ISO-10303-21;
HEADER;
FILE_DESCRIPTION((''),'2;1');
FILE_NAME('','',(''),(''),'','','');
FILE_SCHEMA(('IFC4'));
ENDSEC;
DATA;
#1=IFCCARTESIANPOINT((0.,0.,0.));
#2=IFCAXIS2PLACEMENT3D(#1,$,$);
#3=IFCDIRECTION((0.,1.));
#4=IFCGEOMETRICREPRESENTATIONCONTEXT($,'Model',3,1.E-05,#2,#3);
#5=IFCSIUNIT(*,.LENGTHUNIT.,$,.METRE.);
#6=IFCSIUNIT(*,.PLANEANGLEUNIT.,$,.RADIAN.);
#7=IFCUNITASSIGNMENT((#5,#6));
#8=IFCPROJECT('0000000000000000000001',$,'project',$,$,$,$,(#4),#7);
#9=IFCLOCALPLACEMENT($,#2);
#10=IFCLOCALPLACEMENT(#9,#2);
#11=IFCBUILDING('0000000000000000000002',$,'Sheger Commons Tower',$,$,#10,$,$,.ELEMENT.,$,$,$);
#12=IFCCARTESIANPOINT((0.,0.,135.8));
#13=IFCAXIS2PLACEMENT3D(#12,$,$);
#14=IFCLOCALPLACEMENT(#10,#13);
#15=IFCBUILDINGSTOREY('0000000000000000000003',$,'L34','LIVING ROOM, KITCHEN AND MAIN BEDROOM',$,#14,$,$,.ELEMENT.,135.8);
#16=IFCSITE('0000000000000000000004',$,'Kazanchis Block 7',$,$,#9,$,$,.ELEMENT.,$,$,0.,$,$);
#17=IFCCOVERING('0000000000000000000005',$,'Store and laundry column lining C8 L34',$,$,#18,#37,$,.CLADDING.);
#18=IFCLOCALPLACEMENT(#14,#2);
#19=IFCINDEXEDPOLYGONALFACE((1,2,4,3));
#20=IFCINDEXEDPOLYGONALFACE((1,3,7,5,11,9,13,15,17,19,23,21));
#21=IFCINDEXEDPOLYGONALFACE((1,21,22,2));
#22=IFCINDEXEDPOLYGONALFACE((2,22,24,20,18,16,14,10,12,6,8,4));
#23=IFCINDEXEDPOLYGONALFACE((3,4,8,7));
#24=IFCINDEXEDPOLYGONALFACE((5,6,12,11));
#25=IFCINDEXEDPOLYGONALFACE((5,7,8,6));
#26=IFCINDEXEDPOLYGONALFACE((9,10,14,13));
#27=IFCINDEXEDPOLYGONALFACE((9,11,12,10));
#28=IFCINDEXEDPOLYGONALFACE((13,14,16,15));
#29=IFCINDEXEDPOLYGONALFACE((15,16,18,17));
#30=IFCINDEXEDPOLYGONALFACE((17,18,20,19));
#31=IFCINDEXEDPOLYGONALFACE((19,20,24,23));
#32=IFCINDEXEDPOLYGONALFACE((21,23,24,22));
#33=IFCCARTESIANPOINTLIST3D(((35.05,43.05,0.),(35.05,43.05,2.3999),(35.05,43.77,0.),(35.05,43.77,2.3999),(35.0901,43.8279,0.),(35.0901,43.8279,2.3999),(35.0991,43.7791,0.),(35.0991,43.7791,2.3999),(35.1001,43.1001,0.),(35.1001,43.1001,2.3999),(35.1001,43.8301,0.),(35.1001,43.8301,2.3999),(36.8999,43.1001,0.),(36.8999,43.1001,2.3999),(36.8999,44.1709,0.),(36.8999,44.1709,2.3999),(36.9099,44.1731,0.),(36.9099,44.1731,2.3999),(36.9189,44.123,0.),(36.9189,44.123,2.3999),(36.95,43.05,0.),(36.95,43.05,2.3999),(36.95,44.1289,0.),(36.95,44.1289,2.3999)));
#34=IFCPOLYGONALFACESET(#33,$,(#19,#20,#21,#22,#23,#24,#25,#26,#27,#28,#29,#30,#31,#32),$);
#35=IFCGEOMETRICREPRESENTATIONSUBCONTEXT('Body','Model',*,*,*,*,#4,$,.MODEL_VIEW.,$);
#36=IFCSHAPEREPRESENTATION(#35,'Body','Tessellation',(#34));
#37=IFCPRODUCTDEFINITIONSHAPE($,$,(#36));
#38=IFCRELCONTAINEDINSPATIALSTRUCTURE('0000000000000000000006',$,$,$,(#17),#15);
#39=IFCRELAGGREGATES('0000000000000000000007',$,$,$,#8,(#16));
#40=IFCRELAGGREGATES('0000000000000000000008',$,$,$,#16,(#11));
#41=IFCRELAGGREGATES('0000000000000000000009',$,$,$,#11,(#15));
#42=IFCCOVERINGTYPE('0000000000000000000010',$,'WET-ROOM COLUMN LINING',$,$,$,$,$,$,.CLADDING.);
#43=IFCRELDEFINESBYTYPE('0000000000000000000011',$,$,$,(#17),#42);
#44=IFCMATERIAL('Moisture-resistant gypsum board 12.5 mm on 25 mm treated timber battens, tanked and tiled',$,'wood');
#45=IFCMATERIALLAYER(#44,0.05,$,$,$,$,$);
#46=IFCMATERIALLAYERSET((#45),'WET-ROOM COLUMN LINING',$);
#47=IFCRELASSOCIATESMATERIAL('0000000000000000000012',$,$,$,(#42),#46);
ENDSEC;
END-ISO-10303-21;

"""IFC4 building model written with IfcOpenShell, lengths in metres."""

from ifc_helpers import new_model, si_unit, direction, frame, origin, place, context, subcontext, project, spatial, polyline, outline, extrude, material, layer, layer_set, type_object, element, save


model = new_model("IFC4")

# Units and contexts
model_context = context("Model", 3, precision=1e-05, world=origin(), true_north=direction((0.0, 1.0)))
body_context = subcontext(model_context, "Body", "Model", "MODEL_VIEW")
ifc_project = project(units=[si_unit("LENGTHUNIT", "METRE"), si_unit("PLANEANGLEUNIT", "RADIAN")], contexts=[model_context])

# Site, building, storey
site_placement = place(None, origin())
site = spatial("IfcSite", under=ifc_project, at=site_placement, Name="Kazanchis Block 7", CompositionType="ELEMENT", RefElevation=0.0)
building_placement = place(site_placement, origin())
building = spatial("IfcBuilding", under=site, at=building_placement, Name="Sheger Commons Tower", CompositionType="ELEMENT")
storey_placement = place(building_placement, frame((0.0, 0.0, 135.8)))
storey = spatial("IfcBuildingStorey", under=building, at=storey_placement, Name="L34", Description="LIVING ROOM, KITCHEN AND MAIN BEDROOM", CompositionType="ELEMENT", Elevation=135.8)

# Covering
ifc_material_1 = material(Name="Moisture-resistant gypsum board 12.5 mm on 25 mm treated timber battens, tanked and tiled", Category="wood")
ifc_layer_1 = layer(ifc_material_1, 0.05)
ifc_layer_set_1 = layer_set([ifc_layer_1], Name="WET-ROOM COLUMN LINING")
covering_type_1 = type_object("IfcCoveringType", Name="WET-ROOM COLUMN LINING", PredefinedType="CLADDING", material=ifc_layer_set_1)
covering_1_placement = place(storey_placement, origin())
element("IfcCovering", 1, at=covering_1_placement, inside=storey, type_object=covering_type_1, Name="Store and laundry column lining C8 L34", PredefinedType="CLADDING", context=body_context, shape_type="SweptSolid", body=[
    extrude(outline(polyline([(35.1001, 43.8301), (35.1001, 43.1001), (36.8999, 43.1001), (36.8999, 44.1709), (36.9099, 44.1731), (36.9189, 44.123), (36.95, 44.1289), (36.95, 43.05), (35.05, 43.05), (35.05, 43.77), (35.0991, 43.7791), (35.0901, 43.8279), (35.1001, 43.8301)])), origin(), (0.0, 0.0, 1.0), 2.3999),
])

save(model, "model.ifc")
